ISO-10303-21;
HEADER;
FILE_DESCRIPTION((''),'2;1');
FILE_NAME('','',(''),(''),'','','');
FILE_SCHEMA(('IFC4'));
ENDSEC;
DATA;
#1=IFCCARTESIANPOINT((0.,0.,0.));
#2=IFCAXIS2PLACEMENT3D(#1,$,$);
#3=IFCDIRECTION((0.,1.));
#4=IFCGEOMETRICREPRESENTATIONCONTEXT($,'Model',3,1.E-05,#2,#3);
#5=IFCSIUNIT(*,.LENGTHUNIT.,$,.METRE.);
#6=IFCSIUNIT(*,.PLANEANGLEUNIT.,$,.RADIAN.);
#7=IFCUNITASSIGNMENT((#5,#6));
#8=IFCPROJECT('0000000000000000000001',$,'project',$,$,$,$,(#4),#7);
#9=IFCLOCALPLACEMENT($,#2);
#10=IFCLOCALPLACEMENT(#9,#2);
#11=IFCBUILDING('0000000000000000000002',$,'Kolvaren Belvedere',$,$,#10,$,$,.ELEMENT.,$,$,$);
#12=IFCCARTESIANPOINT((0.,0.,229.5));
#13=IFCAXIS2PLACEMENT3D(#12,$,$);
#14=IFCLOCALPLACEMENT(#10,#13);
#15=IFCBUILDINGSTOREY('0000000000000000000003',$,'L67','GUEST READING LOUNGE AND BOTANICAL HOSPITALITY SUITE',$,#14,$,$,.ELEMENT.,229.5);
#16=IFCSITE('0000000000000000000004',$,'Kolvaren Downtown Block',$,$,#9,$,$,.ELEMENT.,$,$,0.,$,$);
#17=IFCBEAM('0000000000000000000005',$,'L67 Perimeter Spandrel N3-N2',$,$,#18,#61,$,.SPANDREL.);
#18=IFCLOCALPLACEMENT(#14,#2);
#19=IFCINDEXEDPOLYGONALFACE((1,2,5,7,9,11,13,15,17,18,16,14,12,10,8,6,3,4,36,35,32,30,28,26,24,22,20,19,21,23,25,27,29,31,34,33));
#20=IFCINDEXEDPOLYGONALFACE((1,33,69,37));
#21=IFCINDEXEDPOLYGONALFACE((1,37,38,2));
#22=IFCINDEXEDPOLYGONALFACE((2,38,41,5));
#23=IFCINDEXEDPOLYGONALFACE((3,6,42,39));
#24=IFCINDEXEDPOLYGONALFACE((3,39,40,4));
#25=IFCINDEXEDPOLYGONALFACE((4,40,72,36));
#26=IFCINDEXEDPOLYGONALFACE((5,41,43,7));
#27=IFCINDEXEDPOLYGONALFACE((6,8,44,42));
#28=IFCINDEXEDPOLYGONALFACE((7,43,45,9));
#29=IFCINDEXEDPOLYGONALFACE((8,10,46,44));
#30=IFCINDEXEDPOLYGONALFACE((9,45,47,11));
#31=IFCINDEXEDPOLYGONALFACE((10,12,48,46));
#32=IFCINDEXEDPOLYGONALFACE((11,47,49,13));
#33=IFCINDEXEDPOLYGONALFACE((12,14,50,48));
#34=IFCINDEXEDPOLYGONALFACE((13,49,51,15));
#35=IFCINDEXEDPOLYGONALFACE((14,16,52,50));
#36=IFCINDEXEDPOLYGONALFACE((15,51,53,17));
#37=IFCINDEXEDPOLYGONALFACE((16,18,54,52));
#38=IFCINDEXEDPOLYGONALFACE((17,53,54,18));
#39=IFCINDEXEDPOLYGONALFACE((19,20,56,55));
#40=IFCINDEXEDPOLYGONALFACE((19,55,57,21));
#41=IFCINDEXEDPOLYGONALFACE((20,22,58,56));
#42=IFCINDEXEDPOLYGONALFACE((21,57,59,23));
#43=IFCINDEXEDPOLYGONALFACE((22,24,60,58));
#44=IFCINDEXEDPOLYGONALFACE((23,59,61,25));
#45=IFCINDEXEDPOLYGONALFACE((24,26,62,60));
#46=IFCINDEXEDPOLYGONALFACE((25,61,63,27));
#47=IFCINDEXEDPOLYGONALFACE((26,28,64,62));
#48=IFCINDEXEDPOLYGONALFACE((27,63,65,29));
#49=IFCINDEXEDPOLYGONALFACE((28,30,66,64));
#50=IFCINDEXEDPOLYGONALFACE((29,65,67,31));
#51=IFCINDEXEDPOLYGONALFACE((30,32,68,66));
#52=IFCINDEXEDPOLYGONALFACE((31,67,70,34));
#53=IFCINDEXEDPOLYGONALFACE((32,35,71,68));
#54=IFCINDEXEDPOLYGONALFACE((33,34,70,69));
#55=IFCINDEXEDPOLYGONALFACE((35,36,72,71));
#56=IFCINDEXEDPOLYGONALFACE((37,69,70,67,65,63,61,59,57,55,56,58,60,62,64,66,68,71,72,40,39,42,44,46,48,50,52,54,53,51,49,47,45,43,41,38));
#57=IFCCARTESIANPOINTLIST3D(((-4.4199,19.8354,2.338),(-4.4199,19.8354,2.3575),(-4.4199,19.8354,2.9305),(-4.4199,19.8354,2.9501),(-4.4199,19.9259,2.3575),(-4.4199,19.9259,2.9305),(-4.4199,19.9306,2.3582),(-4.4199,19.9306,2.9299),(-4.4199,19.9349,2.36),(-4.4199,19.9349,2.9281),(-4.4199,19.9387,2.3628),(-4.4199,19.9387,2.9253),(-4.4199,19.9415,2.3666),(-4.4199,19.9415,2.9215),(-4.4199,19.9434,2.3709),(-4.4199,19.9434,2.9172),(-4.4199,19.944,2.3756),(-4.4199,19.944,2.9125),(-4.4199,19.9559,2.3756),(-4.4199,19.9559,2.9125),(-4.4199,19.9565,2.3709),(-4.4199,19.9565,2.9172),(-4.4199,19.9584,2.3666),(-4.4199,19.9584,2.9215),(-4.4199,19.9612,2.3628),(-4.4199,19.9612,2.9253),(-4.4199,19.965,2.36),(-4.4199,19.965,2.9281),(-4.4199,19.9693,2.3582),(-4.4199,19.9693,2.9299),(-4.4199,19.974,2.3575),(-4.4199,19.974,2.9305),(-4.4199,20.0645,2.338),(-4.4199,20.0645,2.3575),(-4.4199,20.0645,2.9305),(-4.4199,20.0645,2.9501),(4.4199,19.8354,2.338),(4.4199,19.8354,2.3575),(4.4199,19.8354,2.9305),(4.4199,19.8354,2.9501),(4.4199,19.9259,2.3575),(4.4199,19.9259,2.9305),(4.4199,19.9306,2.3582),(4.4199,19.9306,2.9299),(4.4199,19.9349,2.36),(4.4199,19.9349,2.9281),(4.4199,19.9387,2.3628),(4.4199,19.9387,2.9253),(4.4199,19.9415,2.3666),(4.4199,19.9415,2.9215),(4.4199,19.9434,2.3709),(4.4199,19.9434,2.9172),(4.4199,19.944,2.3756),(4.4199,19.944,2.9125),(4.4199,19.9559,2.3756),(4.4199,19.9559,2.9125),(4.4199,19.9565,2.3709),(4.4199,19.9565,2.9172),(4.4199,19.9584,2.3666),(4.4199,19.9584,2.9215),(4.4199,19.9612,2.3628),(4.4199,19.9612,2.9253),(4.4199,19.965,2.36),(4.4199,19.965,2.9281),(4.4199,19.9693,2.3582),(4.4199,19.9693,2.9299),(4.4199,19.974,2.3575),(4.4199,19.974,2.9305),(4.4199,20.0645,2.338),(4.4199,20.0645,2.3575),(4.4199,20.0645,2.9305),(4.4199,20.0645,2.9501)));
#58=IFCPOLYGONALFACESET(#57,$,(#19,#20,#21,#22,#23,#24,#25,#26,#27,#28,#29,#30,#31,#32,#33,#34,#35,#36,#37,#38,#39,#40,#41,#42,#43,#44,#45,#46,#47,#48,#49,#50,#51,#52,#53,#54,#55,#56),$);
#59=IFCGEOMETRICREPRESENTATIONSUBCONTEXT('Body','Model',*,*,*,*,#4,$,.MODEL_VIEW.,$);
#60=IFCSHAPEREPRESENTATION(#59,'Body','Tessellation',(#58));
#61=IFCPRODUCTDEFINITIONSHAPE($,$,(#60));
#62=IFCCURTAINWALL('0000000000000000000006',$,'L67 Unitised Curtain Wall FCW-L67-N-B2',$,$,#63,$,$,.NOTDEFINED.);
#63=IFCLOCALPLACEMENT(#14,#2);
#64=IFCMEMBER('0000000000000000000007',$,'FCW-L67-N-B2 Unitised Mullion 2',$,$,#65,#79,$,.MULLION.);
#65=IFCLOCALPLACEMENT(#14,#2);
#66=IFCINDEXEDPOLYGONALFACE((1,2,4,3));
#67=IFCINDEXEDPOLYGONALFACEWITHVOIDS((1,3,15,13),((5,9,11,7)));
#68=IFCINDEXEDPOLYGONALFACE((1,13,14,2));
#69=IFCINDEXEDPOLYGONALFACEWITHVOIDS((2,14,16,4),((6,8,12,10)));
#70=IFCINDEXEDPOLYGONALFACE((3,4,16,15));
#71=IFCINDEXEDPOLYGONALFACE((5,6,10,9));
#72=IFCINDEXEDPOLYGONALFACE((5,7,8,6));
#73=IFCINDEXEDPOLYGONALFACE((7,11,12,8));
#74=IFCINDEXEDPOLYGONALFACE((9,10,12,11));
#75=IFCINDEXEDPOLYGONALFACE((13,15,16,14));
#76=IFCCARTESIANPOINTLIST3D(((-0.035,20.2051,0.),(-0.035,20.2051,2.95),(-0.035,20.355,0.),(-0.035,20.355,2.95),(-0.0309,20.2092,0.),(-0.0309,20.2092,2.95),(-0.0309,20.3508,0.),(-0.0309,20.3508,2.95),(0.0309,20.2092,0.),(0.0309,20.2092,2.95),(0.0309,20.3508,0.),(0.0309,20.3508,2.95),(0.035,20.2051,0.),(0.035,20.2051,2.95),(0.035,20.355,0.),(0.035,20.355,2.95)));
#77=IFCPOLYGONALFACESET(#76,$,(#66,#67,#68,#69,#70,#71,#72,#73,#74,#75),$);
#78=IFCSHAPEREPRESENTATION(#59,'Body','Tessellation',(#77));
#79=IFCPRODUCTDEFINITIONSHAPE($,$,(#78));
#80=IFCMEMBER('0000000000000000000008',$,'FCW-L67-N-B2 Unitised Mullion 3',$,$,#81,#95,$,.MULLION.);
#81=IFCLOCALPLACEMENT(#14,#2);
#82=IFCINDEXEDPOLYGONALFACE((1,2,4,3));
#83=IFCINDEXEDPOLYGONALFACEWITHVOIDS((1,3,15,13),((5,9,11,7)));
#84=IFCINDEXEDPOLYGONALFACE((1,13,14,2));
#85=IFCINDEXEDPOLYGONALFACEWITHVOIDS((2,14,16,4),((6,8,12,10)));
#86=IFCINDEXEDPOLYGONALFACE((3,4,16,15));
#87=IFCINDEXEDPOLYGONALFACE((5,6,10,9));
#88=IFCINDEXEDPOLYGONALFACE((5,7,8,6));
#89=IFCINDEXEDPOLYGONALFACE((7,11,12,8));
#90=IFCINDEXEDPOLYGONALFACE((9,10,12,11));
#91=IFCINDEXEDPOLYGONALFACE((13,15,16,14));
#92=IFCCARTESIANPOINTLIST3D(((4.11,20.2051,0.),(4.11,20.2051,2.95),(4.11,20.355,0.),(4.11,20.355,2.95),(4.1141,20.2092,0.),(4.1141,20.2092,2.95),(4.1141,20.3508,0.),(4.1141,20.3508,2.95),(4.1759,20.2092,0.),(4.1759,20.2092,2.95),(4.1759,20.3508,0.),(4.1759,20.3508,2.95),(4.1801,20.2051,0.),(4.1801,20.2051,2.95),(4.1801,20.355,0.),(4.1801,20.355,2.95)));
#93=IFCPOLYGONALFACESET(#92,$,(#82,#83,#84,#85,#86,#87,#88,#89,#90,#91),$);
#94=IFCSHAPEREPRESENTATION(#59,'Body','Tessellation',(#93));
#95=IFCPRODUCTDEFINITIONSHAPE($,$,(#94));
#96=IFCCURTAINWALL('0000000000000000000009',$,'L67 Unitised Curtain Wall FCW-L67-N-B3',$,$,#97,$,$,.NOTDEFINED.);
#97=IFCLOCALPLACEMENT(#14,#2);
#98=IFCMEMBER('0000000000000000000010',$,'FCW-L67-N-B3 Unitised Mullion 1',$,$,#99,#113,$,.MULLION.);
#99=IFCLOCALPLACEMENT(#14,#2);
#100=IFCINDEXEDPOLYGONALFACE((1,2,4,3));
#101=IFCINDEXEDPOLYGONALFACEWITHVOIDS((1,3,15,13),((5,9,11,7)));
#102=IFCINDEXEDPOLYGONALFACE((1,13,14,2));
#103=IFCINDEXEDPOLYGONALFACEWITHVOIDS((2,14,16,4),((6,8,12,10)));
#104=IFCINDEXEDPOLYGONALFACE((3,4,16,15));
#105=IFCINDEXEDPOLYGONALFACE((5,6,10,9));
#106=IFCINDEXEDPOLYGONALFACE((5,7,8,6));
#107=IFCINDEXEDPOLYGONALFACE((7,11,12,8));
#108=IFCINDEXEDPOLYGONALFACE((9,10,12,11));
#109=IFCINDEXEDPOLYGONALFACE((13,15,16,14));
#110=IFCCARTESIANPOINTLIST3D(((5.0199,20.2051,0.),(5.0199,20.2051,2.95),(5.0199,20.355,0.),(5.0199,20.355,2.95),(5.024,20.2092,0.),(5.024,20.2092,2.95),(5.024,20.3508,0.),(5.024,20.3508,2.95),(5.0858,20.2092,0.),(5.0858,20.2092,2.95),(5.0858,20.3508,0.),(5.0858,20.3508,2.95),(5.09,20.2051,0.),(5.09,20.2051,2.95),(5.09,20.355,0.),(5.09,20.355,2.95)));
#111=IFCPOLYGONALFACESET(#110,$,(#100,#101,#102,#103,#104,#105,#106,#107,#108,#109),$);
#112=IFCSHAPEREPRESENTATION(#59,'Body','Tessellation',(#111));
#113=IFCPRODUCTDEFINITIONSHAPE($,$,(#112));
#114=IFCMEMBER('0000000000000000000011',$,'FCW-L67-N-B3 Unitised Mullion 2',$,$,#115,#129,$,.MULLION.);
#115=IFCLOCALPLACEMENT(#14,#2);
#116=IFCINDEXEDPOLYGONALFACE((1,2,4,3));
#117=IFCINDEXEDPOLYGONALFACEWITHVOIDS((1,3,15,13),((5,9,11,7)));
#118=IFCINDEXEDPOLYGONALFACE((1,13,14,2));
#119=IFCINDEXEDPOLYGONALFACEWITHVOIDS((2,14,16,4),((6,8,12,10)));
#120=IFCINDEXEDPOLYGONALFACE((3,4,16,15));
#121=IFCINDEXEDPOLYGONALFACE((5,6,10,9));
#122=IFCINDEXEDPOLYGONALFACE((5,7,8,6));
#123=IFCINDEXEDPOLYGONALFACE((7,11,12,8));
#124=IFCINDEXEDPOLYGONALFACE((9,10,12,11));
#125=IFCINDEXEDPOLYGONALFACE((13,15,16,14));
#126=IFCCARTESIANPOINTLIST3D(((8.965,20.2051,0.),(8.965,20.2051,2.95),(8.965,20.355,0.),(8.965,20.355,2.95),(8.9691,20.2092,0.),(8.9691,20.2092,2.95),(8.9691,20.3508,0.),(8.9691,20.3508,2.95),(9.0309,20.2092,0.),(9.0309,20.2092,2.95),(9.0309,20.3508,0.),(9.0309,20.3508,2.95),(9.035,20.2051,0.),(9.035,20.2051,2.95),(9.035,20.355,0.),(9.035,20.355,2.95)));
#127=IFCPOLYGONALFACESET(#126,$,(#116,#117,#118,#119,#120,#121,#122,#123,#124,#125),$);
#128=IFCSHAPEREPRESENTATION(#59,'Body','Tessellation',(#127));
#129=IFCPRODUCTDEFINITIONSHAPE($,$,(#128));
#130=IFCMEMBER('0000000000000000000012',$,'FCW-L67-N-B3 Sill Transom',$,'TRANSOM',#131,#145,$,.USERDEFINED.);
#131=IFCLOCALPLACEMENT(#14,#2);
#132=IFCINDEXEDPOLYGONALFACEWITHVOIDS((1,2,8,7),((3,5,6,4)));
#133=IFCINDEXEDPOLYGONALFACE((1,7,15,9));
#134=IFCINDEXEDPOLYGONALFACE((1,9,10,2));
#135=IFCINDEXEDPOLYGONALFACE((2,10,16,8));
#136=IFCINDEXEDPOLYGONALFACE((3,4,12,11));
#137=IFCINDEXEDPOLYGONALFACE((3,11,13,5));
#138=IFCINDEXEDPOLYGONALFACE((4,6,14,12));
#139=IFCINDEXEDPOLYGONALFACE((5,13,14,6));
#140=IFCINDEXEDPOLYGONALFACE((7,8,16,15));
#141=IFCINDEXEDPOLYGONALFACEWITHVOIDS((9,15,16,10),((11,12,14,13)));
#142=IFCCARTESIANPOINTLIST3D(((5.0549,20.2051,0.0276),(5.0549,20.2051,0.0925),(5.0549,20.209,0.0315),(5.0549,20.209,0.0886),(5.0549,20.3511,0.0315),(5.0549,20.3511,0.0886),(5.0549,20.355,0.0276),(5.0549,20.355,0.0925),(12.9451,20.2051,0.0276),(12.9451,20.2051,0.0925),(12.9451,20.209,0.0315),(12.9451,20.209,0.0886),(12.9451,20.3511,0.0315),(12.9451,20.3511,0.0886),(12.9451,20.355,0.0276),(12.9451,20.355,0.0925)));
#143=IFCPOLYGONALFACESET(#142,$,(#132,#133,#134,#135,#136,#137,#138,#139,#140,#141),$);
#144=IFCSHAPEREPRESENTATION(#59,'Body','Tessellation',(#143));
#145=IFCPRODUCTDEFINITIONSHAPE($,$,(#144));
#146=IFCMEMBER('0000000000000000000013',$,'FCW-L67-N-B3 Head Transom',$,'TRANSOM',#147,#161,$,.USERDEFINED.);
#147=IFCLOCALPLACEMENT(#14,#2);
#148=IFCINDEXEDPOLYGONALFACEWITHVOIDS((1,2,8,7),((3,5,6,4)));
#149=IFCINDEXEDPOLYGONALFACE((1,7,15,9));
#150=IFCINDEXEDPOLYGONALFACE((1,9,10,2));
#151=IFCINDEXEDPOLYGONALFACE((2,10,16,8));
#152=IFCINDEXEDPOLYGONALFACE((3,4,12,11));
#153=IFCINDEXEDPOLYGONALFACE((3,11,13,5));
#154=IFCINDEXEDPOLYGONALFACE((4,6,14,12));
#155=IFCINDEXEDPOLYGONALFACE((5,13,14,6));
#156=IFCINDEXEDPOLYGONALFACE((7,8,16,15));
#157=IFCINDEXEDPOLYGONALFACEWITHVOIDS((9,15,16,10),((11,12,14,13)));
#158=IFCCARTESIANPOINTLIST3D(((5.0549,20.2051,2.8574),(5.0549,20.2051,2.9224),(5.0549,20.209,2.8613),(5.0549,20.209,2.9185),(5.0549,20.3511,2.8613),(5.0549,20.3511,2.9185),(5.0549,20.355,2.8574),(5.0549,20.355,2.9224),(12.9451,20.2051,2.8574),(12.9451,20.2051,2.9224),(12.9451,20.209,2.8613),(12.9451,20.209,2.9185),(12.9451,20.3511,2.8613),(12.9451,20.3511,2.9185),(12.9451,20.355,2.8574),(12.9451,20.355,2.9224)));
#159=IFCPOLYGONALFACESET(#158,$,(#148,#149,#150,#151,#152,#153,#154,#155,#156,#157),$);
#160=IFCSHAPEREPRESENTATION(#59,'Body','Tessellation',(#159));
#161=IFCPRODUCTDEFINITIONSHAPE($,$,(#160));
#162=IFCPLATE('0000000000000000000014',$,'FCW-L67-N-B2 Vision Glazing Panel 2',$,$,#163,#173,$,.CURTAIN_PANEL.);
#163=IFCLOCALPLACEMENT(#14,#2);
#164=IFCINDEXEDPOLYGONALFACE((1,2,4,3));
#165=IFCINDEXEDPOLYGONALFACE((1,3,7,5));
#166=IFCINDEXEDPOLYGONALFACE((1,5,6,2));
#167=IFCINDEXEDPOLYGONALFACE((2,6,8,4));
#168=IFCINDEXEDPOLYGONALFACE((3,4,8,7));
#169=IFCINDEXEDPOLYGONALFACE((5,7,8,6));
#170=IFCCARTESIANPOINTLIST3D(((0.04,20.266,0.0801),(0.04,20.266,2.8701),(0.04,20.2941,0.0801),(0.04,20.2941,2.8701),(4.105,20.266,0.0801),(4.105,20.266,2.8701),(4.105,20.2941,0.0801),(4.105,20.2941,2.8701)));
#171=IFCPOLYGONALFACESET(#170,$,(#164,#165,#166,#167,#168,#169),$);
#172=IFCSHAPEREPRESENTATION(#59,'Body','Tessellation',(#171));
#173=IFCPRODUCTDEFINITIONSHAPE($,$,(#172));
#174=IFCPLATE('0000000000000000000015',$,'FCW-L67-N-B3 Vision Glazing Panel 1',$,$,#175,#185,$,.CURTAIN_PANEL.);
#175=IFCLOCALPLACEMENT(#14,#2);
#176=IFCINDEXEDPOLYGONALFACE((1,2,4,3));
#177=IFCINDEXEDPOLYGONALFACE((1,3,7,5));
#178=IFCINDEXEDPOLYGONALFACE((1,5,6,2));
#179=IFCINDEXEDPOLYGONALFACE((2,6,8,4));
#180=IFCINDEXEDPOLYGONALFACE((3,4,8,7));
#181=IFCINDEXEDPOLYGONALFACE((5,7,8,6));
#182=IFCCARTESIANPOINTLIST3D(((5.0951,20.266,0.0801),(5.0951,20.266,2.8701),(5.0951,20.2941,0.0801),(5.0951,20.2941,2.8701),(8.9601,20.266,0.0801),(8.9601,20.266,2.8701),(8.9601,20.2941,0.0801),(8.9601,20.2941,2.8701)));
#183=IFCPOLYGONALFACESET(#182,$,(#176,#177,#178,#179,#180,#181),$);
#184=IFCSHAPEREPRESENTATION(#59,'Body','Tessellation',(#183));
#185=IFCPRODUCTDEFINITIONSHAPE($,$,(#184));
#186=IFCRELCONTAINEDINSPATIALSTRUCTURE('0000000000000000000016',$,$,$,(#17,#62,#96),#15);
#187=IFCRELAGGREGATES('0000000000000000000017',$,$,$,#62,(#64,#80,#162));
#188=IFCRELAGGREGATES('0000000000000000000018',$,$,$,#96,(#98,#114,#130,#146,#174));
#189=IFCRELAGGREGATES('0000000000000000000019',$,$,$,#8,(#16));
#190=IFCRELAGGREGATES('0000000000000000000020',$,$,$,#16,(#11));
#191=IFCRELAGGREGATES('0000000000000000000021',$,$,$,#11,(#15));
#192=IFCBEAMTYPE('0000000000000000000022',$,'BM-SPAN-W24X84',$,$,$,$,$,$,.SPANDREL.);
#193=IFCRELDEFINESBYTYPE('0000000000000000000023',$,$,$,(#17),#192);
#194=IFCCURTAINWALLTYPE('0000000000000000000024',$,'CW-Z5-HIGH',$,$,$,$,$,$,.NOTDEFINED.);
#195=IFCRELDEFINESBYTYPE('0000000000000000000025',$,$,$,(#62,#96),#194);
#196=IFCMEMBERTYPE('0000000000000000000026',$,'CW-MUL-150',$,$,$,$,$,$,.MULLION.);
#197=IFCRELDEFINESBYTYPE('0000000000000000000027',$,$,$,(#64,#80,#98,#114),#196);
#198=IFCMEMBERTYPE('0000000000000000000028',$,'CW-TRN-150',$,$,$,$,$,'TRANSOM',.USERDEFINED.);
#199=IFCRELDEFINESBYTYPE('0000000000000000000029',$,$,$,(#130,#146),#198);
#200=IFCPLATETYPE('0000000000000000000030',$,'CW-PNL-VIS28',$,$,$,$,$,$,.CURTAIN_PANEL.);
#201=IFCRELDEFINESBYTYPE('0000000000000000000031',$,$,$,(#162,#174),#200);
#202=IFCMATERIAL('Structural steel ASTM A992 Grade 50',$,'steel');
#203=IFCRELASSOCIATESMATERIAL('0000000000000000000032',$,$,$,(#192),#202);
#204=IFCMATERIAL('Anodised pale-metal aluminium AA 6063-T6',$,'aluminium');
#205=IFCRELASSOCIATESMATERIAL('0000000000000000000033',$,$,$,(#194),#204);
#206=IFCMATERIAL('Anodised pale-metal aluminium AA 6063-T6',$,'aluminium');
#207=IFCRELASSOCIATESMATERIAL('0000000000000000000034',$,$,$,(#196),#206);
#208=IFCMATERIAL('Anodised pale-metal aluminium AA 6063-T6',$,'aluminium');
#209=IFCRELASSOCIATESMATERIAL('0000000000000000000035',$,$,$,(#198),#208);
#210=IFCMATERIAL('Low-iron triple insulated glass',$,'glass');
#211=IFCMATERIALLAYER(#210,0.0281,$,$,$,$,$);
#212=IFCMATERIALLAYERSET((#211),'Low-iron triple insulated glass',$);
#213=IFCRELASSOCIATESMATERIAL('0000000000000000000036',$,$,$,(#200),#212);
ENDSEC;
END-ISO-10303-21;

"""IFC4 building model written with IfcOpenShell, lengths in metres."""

from ifc_helpers import new_model, si_unit, direction, frame, origin, origin_2d, place, context, subcontext, project, spatial, rectangle, hollow_rectangle, i_section, extrude, material, layer, layer_set, material_profile, profile_set, type_object, element, aggregate, save


model = new_model("IFC4")

# Units and contexts
model_context = context("Model", 3, precision=1e-05, world=origin(), true_north=direction((0.0, 1.0)))
body_context = subcontext(model_context, "Body", "Model", "MODEL_VIEW")
ifc_project = project(units=[si_unit("LENGTHUNIT", "METRE"), si_unit("PLANEANGLEUNIT", "RADIAN")], contexts=[model_context])

# Site, building, storey
site_placement = place(None, origin())
site = spatial("IfcSite", under=ifc_project, at=site_placement, Name="Kolvaren Downtown Block", CompositionType="ELEMENT", RefElevation=0.0)
building_placement = place(site_placement, origin())
building = spatial("IfcBuilding", under=site, at=building_placement, Name="Kolvaren Belvedere", CompositionType="ELEMENT")
storey_placement = place(building_placement, frame((0.0, 0.0, 229.5)))
storey = spatial("IfcBuildingStorey", under=building, at=storey_placement, Name="L67", Description="GUEST READING LOUNGE AND BOTANICAL HOSPITALITY SUITE", CompositionType="ELEMENT", Elevation=229.5)

# Beam
ifc_material_1 = material(Name="Structural steel ASTM A992 Grade 50", Category="steel")
ifc_material_profile_1 = material_profile(ifc_material_1, i_section(OverallWidth=0.229, OverallDepth=0.6121, WebThickness=0.012, FlangeThickness=0.0195, FilletRadius=0.0181, at=origin_2d()), Name="W24X84")
ifc_profile_set_1 = profile_set([ifc_material_profile_1], Name="Structural steel ASTM A992 Grade 50")
beam_type_1 = type_object("IfcBeamType", Name="BM-SPAN-W24X84", PredefinedType="SPANDREL", material=ifc_profile_set_1)
beam_1_placement = place(storey_placement, frame((4.4199, 19.95, 2.644), z_axis=(-1.0, 0.0, 0.0), x_axis=(0.0, -1.0, 0.0)))
element("IfcBeam", 1, at=beam_1_placement, inside=storey, type_object=beam_type_1, Name="L67 Perimeter Spandrel N3-N2", PredefinedType="SPANDREL", context=body_context, shape_type="SweptSolid", body=[
    extrude(i_section(OverallWidth=0.229, OverallDepth=0.6121, WebThickness=0.012, FlangeThickness=0.0195, FilletRadius=0.0181, at=origin_2d()), origin(), (0.0, 0.0, 1.0), 8.8398),
])

# Curtain walls, members
ifc_material_2 = material(Name="Anodised pale-metal aluminium AA 6063-T6", Category="aluminium")
curtain_wall_type = type_object("IfcCurtainWallType", Name="CW-Z5-HIGH", PredefinedType="NOTDEFINED", material=ifc_material_2)
curtain_wall_1_placement = place(storey_placement, origin())
curtain_wall_1 = element("IfcCurtainWall", 2, at=curtain_wall_1_placement, inside=storey, type_object=curtain_wall_type, Name="L67 Unitised Curtain Wall FCW-L67-N-B2", PredefinedType="NOTDEFINED")
ifc_material_3 = material(Name="Anodised pale-metal aluminium AA 6063-T6", Category="aluminium")
ifc_material_profile_2 = material_profile(ifc_material_3, hollow_rectangle(XDim=0.0701, YDim=0.1499, WallThickness=0.0042, at=origin_2d()), Name="ALU-MUL-150X70")
ifc_profile_set_2 = profile_set([ifc_material_profile_2], Name="Anodised pale-metal aluminium AA 6063-T6")
member_type_1 = type_object("IfcMemberType", Name="CW-MUL-150", PredefinedType="MULLION", material=ifc_profile_set_2)
member_1_placement = place(storey_placement, frame((0.0, 20.28, 0.0), z_axis=(0.0, 0.0, 1.0), x_axis=(1.0, 0.0, 0.0)))
member_1 = element("IfcMember", 3, at=member_1_placement, type_object=member_type_1, Name="FCW-L67-N-B2 Unitised Mullion 2", PredefinedType="MULLION", context=body_context, shape_type="SweptSolid", body=[
    extrude(hollow_rectangle(XDim=0.0701, YDim=0.1499, WallThickness=0.0042, at=origin_2d()), origin(), (0.0, 0.0, 1.0), 2.95),
])
member_2_placement = place(storey_placement, frame((4.145, 20.28, 0.0), z_axis=(0.0, 0.0, 1.0), x_axis=(1.0, 0.0, 0.0)))
member_2 = element("IfcMember", 4, at=member_2_placement, type_object=member_type_1, Name="FCW-L67-N-B2 Unitised Mullion 3", PredefinedType="MULLION", context=body_context, shape_type="SweptSolid", body=[
    extrude(hollow_rectangle(XDim=0.0701, YDim=0.1499, WallThickness=0.0042, at=origin_2d()), origin(), (0.0, 0.0, 1.0), 2.95),
])
curtain_wall_2_placement = place(storey_placement, origin())
curtain_wall_2 = element("IfcCurtainWall", 5, at=curtain_wall_2_placement, inside=storey, type_object=curtain_wall_type, Name="L67 Unitised Curtain Wall FCW-L67-N-B3", PredefinedType="NOTDEFINED")
member_3_placement = place(storey_placement, frame((5.0549, 20.28, 0.0), z_axis=(0.0, 0.0, 1.0), x_axis=(1.0, 0.0, 0.0)))
member_3 = element("IfcMember", 6, at=member_3_placement, type_object=member_type_1, Name="FCW-L67-N-B3 Unitised Mullion 1", PredefinedType="MULLION", context=body_context, shape_type="SweptSolid", body=[
    extrude(hollow_rectangle(XDim=0.0701, YDim=0.1499, WallThickness=0.0042, at=origin_2d()), origin(), (0.0, 0.0, 1.0), 2.95),
])
member_4_placement = place(storey_placement, frame((9.0, 20.28, 0.0), z_axis=(0.0, 0.0, 1.0), x_axis=(1.0, 0.0, 0.0)))
member_4 = element("IfcMember", 7, at=member_4_placement, type_object=member_type_1, Name="FCW-L67-N-B3 Unitised Mullion 2", PredefinedType="MULLION", context=body_context, shape_type="SweptSolid", body=[
    extrude(hollow_rectangle(XDim=0.0701, YDim=0.1499, WallThickness=0.0042, at=origin_2d()), origin(), (0.0, 0.0, 1.0), 2.95),
])
ifc_material_4 = material(Name="Anodised pale-metal aluminium AA 6063-T6", Category="aluminium")
ifc_material_profile_3 = material_profile(ifc_material_4, hollow_rectangle(XDim=0.0649, YDim=0.1499, WallThickness=0.0039, at=origin_2d()), Name="ALU-TRN-150X65")
ifc_profile_set_3 = profile_set([ifc_material_profile_3], Name="Anodised pale-metal aluminium AA 6063-T6")
member_type_2 = type_object("IfcMemberType", Name="CW-TRN-150", ElementType="TRANSOM", PredefinedType="USERDEFINED", material=ifc_profile_set_3)
member_5_placement = place(storey_placement, frame((5.0549, 20.28, 0.0601), z_axis=(1.0, 0.0, 0.0), x_axis=(0.0, 0.0, 1.0)))
member_5 = element("IfcMember", 8, at=member_5_placement, type_object=member_type_2, Name="FCW-L67-N-B3 Sill Transom", ObjectType="TRANSOM", PredefinedType="USERDEFINED", context=body_context, shape_type="SweptSolid", body=[
    extrude(hollow_rectangle(XDim=0.0649, YDim=0.1499, WallThickness=0.0039, at=origin_2d()), origin(), (0.0, 0.0, 1.0), 7.8901),
])
member_6_placement = place(storey_placement, frame((5.0549, 20.28, 2.8899), z_axis=(1.0, 0.0, 0.0), x_axis=(0.0, 0.0, 1.0)))
member_6 = element("IfcMember", 9, at=member_6_placement, type_object=member_type_2, Name="FCW-L67-N-B3 Head Transom", ObjectType="TRANSOM", PredefinedType="USERDEFINED", context=body_context, shape_type="SweptSolid", body=[
    extrude(hollow_rectangle(XDim=0.0649, YDim=0.1499, WallThickness=0.0039, at=origin_2d()), origin(), (0.0, 0.0, 1.0), 7.8901),
])

# Plates
ifc_material_5 = material(Name="Low-iron triple insulated glass", Category="glass")
ifc_layer_1 = layer(ifc_material_5, 0.0281)
ifc_layer_set_1 = layer_set([ifc_layer_1], Name="Low-iron triple insulated glass")
plate_type_1 = type_object("IfcPlateType", Name="CW-PNL-VIS28", PredefinedType="CURTAIN_PANEL", material=ifc_layer_set_1)
plate_1_placement = place(storey_placement, frame((2.0725, 20.28, 0.0801), z_axis=(0.0, 0.0, 1.0), x_axis=(1.0, 0.0, 0.0)))
plate_1 = element("IfcPlate", 10, at=plate_1_placement, type_object=plate_type_1, Name="FCW-L67-N-B2 Vision Glazing Panel 2", PredefinedType="CURTAIN_PANEL", context=body_context, shape_type="SweptSolid", body=[
    extrude(rectangle(XDim=4.0649, YDim=0.0281, at=origin_2d()), origin(), (0.0, 0.0, 1.0), 2.79),
])
aggregate(curtain_wall_1, [member_1, member_2, plate_1])
plate_2_placement = place(storey_placement, frame((7.0276, 20.28, 0.0801), z_axis=(0.0, 0.0, 1.0), x_axis=(1.0, 0.0, 0.0)))
plate_2 = element("IfcPlate", 11, at=plate_2_placement, type_object=plate_type_1, Name="FCW-L67-N-B3 Vision Glazing Panel 1", PredefinedType="CURTAIN_PANEL", context=body_context, shape_type="SweptSolid", body=[
    extrude(rectangle(XDim=3.865, YDim=0.0281, at=origin_2d()), origin(), (0.0, 0.0, 1.0), 2.79),
])
aggregate(curtain_wall_2, [member_3, member_4, member_5, member_6, plate_2])

save(model, "model.ifc")
